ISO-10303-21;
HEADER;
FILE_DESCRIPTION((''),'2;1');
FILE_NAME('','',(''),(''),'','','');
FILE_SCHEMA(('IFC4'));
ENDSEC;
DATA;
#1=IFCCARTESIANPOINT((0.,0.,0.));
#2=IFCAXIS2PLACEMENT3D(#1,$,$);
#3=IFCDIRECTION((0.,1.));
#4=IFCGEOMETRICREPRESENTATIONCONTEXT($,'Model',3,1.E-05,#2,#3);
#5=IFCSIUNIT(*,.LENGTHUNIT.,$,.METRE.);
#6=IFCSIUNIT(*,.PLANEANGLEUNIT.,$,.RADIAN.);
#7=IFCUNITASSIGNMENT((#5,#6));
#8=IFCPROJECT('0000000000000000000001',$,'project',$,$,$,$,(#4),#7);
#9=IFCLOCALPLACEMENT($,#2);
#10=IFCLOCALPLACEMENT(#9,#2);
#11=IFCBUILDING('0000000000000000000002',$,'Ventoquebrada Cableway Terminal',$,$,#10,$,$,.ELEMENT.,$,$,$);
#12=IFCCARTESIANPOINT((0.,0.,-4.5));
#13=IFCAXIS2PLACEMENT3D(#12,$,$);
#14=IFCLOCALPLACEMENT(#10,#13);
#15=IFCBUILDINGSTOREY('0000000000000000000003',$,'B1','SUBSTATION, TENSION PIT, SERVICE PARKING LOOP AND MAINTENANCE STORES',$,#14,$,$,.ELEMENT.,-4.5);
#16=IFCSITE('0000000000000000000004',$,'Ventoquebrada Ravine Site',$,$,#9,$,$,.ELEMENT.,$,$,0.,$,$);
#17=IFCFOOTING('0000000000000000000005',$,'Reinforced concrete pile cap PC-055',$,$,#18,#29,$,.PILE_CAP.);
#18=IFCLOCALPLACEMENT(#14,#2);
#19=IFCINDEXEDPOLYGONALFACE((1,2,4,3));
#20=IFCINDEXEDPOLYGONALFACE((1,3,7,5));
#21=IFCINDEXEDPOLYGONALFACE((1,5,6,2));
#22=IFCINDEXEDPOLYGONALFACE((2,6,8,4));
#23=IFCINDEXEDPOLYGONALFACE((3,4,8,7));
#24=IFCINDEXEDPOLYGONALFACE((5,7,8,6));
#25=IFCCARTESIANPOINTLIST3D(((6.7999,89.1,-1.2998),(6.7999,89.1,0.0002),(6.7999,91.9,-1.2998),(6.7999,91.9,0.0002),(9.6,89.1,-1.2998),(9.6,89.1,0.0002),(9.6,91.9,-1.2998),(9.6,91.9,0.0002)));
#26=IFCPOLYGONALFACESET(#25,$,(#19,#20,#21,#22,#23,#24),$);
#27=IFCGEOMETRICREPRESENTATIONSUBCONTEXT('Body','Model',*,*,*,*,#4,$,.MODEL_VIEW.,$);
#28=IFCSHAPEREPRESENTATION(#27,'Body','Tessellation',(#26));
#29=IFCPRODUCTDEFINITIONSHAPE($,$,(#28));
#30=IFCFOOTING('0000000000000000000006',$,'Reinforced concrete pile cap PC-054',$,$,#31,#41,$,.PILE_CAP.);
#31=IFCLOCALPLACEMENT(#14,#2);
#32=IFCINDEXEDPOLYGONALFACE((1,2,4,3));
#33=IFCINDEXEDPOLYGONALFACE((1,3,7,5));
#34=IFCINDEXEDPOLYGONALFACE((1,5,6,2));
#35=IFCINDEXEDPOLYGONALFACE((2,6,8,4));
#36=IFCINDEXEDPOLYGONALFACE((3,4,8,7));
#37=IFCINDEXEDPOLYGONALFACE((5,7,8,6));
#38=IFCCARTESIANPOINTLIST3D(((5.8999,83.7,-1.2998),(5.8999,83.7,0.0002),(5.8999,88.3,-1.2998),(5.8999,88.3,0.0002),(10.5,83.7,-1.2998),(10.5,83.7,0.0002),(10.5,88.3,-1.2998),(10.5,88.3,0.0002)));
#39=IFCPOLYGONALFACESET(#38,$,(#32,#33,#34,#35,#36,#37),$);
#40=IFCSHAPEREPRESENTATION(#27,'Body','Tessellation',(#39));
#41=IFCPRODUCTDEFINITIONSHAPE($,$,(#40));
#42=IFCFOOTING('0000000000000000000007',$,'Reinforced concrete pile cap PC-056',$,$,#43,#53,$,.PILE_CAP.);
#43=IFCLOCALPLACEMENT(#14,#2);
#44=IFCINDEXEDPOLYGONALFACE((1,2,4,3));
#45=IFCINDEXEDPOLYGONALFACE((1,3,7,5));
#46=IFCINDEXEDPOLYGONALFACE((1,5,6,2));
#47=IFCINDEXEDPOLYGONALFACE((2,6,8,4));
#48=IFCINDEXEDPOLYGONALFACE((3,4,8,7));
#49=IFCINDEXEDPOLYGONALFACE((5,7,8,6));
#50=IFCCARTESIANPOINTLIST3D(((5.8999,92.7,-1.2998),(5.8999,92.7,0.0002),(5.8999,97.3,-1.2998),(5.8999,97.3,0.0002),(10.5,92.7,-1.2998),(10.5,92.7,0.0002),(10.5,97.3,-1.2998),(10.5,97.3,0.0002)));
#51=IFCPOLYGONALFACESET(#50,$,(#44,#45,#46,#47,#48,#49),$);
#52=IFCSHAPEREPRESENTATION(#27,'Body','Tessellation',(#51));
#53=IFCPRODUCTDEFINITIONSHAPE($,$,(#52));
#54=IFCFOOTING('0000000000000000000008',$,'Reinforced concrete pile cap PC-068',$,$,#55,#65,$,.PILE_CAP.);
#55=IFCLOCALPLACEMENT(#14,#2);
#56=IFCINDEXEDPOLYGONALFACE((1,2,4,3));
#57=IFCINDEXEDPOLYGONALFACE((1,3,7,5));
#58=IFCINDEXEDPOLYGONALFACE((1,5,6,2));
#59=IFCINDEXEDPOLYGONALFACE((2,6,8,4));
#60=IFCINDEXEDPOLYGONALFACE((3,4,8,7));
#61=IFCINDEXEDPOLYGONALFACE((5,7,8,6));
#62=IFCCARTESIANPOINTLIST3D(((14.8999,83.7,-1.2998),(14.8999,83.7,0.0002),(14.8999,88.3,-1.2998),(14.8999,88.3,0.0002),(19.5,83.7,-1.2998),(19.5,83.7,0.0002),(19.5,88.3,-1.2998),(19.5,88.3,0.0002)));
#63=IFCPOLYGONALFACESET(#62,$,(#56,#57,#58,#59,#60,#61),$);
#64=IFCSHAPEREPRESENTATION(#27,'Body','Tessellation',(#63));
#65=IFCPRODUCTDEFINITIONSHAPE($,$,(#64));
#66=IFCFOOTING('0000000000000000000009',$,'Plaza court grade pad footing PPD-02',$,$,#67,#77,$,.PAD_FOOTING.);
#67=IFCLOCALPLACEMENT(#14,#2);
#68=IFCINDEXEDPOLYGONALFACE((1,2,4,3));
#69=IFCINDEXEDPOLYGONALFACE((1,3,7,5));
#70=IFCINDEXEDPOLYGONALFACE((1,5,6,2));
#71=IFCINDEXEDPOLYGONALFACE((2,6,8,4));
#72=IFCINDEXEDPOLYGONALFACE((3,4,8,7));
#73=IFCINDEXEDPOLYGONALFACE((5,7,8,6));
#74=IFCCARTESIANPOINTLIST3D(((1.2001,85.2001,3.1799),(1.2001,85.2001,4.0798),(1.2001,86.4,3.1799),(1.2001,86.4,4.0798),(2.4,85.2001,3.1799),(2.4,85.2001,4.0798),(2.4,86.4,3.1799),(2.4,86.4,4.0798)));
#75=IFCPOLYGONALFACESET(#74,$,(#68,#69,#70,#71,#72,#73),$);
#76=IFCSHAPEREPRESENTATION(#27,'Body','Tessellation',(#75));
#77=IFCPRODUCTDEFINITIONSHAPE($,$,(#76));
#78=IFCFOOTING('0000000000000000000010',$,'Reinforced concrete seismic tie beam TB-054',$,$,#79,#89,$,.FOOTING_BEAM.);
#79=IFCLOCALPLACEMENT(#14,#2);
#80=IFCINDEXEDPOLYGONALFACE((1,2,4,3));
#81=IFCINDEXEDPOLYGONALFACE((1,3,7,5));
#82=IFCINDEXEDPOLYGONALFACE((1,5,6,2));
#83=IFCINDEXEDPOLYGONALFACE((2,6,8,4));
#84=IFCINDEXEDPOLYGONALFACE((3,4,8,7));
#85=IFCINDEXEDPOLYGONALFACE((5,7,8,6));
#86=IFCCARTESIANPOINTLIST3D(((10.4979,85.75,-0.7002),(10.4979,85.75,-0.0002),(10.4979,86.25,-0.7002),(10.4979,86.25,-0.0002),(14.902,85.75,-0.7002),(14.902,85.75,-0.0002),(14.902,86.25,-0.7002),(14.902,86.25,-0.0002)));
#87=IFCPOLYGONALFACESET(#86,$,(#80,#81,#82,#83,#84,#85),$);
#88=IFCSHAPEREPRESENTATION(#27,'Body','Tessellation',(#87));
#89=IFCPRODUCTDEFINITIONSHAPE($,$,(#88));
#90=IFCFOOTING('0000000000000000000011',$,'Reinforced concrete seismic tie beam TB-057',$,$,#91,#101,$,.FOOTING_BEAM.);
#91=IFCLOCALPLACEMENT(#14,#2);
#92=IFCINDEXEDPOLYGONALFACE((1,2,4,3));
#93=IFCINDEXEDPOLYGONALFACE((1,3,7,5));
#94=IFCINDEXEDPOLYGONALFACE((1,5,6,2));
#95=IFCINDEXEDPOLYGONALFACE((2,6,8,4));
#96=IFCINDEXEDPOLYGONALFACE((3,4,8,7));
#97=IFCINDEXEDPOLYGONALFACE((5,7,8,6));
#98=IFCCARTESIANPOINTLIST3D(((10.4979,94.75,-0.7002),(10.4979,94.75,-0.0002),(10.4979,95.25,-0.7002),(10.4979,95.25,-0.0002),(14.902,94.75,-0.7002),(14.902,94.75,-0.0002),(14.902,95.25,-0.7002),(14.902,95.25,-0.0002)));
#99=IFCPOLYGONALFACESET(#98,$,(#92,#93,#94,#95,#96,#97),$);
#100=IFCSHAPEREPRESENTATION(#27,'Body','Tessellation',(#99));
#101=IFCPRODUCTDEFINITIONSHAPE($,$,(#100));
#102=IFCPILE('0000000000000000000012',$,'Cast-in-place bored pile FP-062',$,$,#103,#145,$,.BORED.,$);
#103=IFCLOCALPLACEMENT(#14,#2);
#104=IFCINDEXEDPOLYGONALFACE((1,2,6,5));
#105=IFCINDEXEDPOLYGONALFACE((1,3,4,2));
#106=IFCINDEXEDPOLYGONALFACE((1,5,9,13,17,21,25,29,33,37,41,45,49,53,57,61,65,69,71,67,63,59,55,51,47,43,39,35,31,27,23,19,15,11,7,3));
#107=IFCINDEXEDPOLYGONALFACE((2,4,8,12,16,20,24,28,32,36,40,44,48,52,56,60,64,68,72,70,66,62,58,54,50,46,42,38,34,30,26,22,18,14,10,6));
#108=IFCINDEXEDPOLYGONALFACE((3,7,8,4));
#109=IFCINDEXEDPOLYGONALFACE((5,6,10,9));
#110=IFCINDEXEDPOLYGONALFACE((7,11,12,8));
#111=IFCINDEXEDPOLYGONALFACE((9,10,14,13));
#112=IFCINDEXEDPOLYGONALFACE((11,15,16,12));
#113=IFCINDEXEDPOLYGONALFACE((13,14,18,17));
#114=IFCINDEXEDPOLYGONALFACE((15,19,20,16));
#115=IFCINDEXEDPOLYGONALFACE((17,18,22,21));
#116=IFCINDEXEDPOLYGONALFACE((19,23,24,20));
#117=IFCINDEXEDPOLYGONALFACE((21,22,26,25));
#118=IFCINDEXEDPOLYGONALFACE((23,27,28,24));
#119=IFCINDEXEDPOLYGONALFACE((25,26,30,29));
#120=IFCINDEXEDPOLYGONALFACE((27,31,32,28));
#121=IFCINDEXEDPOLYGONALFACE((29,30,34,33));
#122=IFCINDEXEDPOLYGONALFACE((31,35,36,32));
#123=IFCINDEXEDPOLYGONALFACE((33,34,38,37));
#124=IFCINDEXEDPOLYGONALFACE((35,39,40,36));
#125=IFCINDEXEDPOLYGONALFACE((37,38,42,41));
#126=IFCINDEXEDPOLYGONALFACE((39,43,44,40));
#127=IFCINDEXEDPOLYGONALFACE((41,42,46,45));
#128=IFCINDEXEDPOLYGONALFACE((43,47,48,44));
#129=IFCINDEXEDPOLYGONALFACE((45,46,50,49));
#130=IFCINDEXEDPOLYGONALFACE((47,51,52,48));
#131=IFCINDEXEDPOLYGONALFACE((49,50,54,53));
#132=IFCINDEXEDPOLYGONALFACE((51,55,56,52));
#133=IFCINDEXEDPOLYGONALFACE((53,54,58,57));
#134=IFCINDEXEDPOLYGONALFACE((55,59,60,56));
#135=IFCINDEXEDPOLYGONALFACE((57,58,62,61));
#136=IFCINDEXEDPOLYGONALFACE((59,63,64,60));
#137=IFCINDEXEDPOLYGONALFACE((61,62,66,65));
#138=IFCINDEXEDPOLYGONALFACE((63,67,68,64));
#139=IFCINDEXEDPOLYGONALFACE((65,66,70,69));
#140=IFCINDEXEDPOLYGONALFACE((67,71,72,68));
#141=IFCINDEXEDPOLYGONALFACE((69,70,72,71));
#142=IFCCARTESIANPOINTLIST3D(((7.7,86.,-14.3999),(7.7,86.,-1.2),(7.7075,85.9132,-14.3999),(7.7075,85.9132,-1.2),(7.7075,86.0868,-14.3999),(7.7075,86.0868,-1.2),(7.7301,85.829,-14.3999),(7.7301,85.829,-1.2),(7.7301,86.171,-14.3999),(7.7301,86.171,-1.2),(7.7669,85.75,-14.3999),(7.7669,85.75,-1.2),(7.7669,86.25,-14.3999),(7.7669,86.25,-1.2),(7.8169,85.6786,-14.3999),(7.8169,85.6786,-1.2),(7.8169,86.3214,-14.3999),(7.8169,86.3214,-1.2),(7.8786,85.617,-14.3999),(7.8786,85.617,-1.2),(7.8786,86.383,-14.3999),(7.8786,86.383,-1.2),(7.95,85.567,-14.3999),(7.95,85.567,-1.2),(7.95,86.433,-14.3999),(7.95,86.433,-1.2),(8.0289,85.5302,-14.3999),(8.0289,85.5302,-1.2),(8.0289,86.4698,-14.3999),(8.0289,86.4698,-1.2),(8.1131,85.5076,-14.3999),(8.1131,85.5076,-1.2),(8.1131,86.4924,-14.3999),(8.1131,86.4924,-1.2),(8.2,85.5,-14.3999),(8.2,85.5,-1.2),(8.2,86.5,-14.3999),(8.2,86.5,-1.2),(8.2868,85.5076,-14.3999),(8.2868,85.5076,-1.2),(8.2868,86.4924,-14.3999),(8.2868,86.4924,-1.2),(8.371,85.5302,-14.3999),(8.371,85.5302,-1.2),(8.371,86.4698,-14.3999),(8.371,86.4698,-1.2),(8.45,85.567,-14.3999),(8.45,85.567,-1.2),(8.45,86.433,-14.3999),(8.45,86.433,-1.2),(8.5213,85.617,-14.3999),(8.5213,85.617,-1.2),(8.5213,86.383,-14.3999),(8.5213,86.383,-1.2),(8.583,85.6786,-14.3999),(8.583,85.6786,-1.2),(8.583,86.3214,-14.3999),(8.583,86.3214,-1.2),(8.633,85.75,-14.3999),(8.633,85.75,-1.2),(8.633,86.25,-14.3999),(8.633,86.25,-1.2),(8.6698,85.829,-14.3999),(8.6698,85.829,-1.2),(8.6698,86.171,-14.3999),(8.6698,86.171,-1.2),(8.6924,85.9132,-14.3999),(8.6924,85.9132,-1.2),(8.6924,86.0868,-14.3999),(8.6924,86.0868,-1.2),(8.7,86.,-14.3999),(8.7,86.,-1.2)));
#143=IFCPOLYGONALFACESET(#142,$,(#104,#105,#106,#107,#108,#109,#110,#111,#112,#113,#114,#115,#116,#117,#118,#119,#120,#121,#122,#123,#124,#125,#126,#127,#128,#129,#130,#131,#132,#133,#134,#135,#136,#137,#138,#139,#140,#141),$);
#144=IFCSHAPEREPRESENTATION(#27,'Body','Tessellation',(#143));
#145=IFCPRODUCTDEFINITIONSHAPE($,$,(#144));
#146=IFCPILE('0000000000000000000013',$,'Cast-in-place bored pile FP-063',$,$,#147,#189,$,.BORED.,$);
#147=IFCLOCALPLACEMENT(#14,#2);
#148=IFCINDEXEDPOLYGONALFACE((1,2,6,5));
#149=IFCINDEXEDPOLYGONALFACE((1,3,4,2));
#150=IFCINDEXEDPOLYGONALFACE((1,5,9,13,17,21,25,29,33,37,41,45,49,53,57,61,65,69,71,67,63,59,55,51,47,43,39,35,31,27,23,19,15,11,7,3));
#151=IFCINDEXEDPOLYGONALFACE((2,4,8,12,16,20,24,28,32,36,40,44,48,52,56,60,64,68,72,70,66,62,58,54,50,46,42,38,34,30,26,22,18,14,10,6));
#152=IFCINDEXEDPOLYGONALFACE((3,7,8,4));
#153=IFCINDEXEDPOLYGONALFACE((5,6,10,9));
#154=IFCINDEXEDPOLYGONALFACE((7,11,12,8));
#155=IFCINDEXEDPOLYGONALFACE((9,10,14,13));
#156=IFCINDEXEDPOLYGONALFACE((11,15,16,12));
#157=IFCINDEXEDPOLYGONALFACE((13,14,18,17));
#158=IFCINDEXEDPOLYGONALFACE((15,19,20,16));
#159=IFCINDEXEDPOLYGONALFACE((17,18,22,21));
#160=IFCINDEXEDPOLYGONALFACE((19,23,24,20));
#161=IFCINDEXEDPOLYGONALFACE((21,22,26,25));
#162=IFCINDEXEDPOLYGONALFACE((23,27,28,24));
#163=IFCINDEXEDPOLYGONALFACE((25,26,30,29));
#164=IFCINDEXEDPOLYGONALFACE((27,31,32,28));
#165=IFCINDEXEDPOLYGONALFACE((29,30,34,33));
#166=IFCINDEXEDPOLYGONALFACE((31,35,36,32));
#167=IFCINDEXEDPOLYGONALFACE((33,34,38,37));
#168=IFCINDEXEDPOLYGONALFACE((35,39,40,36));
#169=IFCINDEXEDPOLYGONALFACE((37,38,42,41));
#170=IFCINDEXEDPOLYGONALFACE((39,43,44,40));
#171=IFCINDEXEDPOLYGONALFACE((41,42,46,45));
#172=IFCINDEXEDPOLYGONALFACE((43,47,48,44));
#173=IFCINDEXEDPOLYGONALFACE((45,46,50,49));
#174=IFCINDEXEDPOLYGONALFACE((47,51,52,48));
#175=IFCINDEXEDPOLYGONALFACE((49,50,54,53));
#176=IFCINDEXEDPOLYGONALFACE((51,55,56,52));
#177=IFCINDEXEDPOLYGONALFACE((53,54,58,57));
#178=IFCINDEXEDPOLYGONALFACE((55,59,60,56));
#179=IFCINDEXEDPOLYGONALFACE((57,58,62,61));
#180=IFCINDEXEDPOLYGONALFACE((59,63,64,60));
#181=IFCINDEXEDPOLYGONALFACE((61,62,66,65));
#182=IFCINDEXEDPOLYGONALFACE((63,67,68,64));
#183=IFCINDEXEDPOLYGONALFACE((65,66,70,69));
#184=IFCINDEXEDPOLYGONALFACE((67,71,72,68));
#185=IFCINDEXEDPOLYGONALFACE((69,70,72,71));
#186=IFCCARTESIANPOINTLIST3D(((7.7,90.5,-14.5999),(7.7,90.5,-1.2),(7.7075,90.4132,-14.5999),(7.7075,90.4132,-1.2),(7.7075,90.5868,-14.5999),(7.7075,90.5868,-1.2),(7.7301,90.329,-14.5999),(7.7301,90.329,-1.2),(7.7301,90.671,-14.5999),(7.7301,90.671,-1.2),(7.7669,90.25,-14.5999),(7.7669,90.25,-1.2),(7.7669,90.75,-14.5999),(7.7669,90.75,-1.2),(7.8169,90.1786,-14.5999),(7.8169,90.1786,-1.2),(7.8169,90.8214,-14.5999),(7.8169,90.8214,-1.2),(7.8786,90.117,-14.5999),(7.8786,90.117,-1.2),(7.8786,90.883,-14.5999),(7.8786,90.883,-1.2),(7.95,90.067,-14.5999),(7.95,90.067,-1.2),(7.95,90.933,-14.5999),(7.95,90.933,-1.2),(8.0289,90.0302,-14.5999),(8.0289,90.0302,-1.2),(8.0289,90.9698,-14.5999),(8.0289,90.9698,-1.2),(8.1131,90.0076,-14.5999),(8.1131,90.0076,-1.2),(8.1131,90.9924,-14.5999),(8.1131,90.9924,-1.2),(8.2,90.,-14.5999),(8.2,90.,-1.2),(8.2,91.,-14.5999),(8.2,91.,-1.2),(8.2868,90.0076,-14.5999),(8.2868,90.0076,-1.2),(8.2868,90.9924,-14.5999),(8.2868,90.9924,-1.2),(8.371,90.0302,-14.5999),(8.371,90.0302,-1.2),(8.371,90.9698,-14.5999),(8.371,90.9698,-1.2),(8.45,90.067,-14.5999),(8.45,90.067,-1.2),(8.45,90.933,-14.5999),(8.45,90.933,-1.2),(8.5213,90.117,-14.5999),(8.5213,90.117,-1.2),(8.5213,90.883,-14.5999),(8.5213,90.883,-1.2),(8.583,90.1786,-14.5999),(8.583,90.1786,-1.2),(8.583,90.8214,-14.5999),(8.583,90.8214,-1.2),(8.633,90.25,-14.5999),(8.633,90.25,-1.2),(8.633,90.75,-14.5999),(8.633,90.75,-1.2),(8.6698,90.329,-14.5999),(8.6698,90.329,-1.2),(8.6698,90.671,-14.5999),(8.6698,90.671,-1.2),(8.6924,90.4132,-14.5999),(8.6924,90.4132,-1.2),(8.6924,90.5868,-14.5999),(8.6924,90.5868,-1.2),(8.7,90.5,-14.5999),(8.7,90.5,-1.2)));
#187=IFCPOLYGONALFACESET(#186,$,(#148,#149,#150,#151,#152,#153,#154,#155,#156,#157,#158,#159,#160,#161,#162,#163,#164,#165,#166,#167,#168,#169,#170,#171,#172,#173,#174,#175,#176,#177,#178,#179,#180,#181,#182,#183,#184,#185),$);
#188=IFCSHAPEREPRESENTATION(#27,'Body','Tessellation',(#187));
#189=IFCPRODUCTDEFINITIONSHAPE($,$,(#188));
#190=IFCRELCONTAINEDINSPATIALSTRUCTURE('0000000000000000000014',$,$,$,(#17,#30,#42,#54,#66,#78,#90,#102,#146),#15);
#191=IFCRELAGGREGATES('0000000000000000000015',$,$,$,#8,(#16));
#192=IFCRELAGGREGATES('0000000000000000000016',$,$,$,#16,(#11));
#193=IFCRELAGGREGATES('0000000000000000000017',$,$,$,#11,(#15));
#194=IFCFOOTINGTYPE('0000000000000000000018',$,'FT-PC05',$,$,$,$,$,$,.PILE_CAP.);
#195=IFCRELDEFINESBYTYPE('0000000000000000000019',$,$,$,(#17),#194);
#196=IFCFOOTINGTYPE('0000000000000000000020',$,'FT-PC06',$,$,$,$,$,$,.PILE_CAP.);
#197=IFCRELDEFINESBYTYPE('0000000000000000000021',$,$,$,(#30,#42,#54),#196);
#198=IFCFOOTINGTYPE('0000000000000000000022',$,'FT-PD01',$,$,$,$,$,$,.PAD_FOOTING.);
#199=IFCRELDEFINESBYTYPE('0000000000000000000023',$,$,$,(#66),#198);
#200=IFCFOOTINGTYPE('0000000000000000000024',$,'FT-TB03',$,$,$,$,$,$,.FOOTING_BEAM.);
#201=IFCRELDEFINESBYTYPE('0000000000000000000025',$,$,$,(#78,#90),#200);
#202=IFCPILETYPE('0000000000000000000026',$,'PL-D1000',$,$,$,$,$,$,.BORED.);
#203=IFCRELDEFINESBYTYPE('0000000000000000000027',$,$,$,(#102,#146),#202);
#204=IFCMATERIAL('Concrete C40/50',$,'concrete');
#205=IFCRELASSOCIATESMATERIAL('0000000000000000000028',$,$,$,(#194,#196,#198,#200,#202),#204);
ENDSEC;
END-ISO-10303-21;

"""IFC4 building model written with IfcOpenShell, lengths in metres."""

from ifc_helpers import new_model, si_unit, direction, frame, origin, origin_2d, place, context, subcontext, project, spatial, rectangle, circle, extrude, material, material_profile, profile_set, type_object, element, save


model = new_model("IFC4")

# Units and contexts
model_context = context("Model", 3, precision=1e-05, world=origin(), true_north=direction((0.0, 1.0)))
body_context = subcontext(model_context, "Body", "Model", "MODEL_VIEW")
ifc_project = project(units=[si_unit("LENGTHUNIT", "METRE"), si_unit("PLANEANGLEUNIT", "RADIAN")], contexts=[model_context])

# Site, building, storey
site_placement = place(None, origin())
site = spatial("IfcSite", under=ifc_project, at=site_placement, Name="Ventoquebrada Ravine Site", CompositionType="ELEMENT", RefElevation=0.0)
building_placement = place(site_placement, origin())
building = spatial("IfcBuilding", under=site, at=building_placement, Name="Ventoquebrada Cableway Terminal", CompositionType="ELEMENT")
storey_placement = place(building_placement, frame((0.0, 0.0, -4.5)))
storey = spatial("IfcBuildingStorey", under=building, at=storey_placement, Name="B1", Description="SUBSTATION, TENSION PIT, SERVICE PARKING LOOP AND MAINTENANCE STORES", CompositionType="ELEMENT", Elevation=-4.5)

# Footings
ifc_material_1 = material(Name="Concrete C40/50", Category="concrete")
footing_type_1 = type_object("IfcFootingType", Name="FT-PC05", PredefinedType="PILE_CAP", material=ifc_material_1)
footing_1_placement = place(storey_placement, frame((8.2, 90.5, -1.2998), z_axis=(0.0, 0.0, 1.0), x_axis=(1.0, 0.0, 0.0)))
element("IfcFooting", 1, at=footing_1_placement, inside=storey, type_object=footing_type_1, Name="Reinforced concrete pile cap PC-055", PredefinedType="PILE_CAP", context=body_context, shape_type="SweptSolid", body=[
    extrude(rectangle(XDim=2.8, YDim=2.8, at=origin_2d()), origin(), (0.0, 0.0, 1.0), 1.3),
])
footing_type_2 = type_object("IfcFootingType", Name="FT-PC06", PredefinedType="PILE_CAP", material=ifc_material_1)
for number, where, z_axis, x_axis, name in (
    (2, (8.2, 86.0, -1.2998), (0.0, 0.0, 1.0), (1.0, 0.0, 0.0), "Reinforced concrete pile cap PC-054"),
    (3, (8.2, 95.0, -1.2998), (0.0, 0.0, 1.0), (1.0, 0.0, 0.0), "Reinforced concrete pile cap PC-056"),
    (4, (17.2, 86.0, -1.2998), (0.0, 0.0, 1.0), (1.0, 0.0, 0.0), "Reinforced concrete pile cap PC-068"),
):
    element("IfcFooting", number, at=place(storey_placement, frame(where, z_axis=z_axis, x_axis=x_axis)), inside=storey, type_object=footing_type_2, Name=name, PredefinedType="PILE_CAP", context=body_context, shape_type="SweptSolid", body=[
        extrude(rectangle(XDim=4.6001, YDim=4.6001, at=origin_2d()), origin(), (0.0, 0.0, 1.0), 1.3),
    ])
footing_type_3 = type_object("IfcFootingType", Name="FT-PD01", PredefinedType="PAD_FOOTING", material=ifc_material_1)
footing_2_placement = place(storey_placement, frame((1.8, 85.8, 3.1799), z_axis=(0.0, 0.0, 1.0), x_axis=(1.0, 0.0, 0.0)))
element("IfcFooting", 5, at=footing_2_placement, inside=storey, type_object=footing_type_3, Name="Plaza court grade pad footing PPD-02", PredefinedType="PAD_FOOTING", context=body_context, shape_type="SweptSolid", body=[
    extrude(rectangle(XDim=1.2, YDim=1.2, at=origin_2d()), origin(), (0.0, 0.0, 1.0), 0.8999),
])
footing_type_4 = type_object("IfcFootingType", Name="FT-TB03", PredefinedType="FOOTING_BEAM", material=ifc_material_1)
for number, where, z_axis, x_axis, name in (
    (6, (12.7, 86.0, -0.7002), (0.0, 0.0, 1.0), (1.0, 0.0, 0.0), "Reinforced concrete seismic tie beam TB-054"),
    (7, (12.7, 95.0, -0.7002), (0.0, 0.0, 1.0), (1.0, 0.0, 0.0), "Reinforced concrete seismic tie beam TB-057"),
):
    element("IfcFooting", number, at=place(storey_placement, frame(where, z_axis=z_axis, x_axis=x_axis)), inside=storey, type_object=footing_type_4, Name=name, PredefinedType="FOOTING_BEAM", context=body_context, shape_type="SweptSolid", body=[
        extrude(rectangle(XDim=4.4041, YDim=0.5, at=origin_2d()), origin(), (0.0, 0.0, 1.0), 0.7),
    ])

# Piles
ifc_material_profile_1 = material_profile(ifc_material_1, circle(Radius=0.5, at=origin_2d()), Name="PILE-D1000")
ifc_profile_set_1 = profile_set([ifc_material_profile_1], Name="Concrete C40/50")
pile_type = type_object("IfcPileType", Name="PL-D1000", PredefinedType="BORED", material=ifc_profile_set_1)
pile_1_placement = place(storey_placement, frame((8.2, 86.0, -1.2), z_axis=(0.0, 0.0, -1.0), x_axis=(1.0, 0.0, 0.0)))
element("IfcPile", 8, at=pile_1_placement, inside=storey, type_object=pile_type, Name="Cast-in-place bored pile FP-062", PredefinedType="BORED", context=body_context, shape_type="SweptSolid", body=[
    extrude(circle(Radius=0.5, at=origin_2d()), origin(), (0.0, 0.0, 1.0), 13.2),
])
pile_2_placement = place(storey_placement, frame((8.2, 90.5, -1.2), z_axis=(0.0, 0.0, -1.0), x_axis=(1.0, 0.0, 0.0)))
element("IfcPile", 9, at=pile_2_placement, inside=storey, type_object=pile_type, Name="Cast-in-place bored pile FP-063", PredefinedType="BORED", context=body_context, shape_type="SweptSolid", body=[
    extrude(circle(Radius=0.5, at=origin_2d()), origin(), (0.0, 0.0, 1.0), 13.3999),
])

save(model, "model.ifc")
